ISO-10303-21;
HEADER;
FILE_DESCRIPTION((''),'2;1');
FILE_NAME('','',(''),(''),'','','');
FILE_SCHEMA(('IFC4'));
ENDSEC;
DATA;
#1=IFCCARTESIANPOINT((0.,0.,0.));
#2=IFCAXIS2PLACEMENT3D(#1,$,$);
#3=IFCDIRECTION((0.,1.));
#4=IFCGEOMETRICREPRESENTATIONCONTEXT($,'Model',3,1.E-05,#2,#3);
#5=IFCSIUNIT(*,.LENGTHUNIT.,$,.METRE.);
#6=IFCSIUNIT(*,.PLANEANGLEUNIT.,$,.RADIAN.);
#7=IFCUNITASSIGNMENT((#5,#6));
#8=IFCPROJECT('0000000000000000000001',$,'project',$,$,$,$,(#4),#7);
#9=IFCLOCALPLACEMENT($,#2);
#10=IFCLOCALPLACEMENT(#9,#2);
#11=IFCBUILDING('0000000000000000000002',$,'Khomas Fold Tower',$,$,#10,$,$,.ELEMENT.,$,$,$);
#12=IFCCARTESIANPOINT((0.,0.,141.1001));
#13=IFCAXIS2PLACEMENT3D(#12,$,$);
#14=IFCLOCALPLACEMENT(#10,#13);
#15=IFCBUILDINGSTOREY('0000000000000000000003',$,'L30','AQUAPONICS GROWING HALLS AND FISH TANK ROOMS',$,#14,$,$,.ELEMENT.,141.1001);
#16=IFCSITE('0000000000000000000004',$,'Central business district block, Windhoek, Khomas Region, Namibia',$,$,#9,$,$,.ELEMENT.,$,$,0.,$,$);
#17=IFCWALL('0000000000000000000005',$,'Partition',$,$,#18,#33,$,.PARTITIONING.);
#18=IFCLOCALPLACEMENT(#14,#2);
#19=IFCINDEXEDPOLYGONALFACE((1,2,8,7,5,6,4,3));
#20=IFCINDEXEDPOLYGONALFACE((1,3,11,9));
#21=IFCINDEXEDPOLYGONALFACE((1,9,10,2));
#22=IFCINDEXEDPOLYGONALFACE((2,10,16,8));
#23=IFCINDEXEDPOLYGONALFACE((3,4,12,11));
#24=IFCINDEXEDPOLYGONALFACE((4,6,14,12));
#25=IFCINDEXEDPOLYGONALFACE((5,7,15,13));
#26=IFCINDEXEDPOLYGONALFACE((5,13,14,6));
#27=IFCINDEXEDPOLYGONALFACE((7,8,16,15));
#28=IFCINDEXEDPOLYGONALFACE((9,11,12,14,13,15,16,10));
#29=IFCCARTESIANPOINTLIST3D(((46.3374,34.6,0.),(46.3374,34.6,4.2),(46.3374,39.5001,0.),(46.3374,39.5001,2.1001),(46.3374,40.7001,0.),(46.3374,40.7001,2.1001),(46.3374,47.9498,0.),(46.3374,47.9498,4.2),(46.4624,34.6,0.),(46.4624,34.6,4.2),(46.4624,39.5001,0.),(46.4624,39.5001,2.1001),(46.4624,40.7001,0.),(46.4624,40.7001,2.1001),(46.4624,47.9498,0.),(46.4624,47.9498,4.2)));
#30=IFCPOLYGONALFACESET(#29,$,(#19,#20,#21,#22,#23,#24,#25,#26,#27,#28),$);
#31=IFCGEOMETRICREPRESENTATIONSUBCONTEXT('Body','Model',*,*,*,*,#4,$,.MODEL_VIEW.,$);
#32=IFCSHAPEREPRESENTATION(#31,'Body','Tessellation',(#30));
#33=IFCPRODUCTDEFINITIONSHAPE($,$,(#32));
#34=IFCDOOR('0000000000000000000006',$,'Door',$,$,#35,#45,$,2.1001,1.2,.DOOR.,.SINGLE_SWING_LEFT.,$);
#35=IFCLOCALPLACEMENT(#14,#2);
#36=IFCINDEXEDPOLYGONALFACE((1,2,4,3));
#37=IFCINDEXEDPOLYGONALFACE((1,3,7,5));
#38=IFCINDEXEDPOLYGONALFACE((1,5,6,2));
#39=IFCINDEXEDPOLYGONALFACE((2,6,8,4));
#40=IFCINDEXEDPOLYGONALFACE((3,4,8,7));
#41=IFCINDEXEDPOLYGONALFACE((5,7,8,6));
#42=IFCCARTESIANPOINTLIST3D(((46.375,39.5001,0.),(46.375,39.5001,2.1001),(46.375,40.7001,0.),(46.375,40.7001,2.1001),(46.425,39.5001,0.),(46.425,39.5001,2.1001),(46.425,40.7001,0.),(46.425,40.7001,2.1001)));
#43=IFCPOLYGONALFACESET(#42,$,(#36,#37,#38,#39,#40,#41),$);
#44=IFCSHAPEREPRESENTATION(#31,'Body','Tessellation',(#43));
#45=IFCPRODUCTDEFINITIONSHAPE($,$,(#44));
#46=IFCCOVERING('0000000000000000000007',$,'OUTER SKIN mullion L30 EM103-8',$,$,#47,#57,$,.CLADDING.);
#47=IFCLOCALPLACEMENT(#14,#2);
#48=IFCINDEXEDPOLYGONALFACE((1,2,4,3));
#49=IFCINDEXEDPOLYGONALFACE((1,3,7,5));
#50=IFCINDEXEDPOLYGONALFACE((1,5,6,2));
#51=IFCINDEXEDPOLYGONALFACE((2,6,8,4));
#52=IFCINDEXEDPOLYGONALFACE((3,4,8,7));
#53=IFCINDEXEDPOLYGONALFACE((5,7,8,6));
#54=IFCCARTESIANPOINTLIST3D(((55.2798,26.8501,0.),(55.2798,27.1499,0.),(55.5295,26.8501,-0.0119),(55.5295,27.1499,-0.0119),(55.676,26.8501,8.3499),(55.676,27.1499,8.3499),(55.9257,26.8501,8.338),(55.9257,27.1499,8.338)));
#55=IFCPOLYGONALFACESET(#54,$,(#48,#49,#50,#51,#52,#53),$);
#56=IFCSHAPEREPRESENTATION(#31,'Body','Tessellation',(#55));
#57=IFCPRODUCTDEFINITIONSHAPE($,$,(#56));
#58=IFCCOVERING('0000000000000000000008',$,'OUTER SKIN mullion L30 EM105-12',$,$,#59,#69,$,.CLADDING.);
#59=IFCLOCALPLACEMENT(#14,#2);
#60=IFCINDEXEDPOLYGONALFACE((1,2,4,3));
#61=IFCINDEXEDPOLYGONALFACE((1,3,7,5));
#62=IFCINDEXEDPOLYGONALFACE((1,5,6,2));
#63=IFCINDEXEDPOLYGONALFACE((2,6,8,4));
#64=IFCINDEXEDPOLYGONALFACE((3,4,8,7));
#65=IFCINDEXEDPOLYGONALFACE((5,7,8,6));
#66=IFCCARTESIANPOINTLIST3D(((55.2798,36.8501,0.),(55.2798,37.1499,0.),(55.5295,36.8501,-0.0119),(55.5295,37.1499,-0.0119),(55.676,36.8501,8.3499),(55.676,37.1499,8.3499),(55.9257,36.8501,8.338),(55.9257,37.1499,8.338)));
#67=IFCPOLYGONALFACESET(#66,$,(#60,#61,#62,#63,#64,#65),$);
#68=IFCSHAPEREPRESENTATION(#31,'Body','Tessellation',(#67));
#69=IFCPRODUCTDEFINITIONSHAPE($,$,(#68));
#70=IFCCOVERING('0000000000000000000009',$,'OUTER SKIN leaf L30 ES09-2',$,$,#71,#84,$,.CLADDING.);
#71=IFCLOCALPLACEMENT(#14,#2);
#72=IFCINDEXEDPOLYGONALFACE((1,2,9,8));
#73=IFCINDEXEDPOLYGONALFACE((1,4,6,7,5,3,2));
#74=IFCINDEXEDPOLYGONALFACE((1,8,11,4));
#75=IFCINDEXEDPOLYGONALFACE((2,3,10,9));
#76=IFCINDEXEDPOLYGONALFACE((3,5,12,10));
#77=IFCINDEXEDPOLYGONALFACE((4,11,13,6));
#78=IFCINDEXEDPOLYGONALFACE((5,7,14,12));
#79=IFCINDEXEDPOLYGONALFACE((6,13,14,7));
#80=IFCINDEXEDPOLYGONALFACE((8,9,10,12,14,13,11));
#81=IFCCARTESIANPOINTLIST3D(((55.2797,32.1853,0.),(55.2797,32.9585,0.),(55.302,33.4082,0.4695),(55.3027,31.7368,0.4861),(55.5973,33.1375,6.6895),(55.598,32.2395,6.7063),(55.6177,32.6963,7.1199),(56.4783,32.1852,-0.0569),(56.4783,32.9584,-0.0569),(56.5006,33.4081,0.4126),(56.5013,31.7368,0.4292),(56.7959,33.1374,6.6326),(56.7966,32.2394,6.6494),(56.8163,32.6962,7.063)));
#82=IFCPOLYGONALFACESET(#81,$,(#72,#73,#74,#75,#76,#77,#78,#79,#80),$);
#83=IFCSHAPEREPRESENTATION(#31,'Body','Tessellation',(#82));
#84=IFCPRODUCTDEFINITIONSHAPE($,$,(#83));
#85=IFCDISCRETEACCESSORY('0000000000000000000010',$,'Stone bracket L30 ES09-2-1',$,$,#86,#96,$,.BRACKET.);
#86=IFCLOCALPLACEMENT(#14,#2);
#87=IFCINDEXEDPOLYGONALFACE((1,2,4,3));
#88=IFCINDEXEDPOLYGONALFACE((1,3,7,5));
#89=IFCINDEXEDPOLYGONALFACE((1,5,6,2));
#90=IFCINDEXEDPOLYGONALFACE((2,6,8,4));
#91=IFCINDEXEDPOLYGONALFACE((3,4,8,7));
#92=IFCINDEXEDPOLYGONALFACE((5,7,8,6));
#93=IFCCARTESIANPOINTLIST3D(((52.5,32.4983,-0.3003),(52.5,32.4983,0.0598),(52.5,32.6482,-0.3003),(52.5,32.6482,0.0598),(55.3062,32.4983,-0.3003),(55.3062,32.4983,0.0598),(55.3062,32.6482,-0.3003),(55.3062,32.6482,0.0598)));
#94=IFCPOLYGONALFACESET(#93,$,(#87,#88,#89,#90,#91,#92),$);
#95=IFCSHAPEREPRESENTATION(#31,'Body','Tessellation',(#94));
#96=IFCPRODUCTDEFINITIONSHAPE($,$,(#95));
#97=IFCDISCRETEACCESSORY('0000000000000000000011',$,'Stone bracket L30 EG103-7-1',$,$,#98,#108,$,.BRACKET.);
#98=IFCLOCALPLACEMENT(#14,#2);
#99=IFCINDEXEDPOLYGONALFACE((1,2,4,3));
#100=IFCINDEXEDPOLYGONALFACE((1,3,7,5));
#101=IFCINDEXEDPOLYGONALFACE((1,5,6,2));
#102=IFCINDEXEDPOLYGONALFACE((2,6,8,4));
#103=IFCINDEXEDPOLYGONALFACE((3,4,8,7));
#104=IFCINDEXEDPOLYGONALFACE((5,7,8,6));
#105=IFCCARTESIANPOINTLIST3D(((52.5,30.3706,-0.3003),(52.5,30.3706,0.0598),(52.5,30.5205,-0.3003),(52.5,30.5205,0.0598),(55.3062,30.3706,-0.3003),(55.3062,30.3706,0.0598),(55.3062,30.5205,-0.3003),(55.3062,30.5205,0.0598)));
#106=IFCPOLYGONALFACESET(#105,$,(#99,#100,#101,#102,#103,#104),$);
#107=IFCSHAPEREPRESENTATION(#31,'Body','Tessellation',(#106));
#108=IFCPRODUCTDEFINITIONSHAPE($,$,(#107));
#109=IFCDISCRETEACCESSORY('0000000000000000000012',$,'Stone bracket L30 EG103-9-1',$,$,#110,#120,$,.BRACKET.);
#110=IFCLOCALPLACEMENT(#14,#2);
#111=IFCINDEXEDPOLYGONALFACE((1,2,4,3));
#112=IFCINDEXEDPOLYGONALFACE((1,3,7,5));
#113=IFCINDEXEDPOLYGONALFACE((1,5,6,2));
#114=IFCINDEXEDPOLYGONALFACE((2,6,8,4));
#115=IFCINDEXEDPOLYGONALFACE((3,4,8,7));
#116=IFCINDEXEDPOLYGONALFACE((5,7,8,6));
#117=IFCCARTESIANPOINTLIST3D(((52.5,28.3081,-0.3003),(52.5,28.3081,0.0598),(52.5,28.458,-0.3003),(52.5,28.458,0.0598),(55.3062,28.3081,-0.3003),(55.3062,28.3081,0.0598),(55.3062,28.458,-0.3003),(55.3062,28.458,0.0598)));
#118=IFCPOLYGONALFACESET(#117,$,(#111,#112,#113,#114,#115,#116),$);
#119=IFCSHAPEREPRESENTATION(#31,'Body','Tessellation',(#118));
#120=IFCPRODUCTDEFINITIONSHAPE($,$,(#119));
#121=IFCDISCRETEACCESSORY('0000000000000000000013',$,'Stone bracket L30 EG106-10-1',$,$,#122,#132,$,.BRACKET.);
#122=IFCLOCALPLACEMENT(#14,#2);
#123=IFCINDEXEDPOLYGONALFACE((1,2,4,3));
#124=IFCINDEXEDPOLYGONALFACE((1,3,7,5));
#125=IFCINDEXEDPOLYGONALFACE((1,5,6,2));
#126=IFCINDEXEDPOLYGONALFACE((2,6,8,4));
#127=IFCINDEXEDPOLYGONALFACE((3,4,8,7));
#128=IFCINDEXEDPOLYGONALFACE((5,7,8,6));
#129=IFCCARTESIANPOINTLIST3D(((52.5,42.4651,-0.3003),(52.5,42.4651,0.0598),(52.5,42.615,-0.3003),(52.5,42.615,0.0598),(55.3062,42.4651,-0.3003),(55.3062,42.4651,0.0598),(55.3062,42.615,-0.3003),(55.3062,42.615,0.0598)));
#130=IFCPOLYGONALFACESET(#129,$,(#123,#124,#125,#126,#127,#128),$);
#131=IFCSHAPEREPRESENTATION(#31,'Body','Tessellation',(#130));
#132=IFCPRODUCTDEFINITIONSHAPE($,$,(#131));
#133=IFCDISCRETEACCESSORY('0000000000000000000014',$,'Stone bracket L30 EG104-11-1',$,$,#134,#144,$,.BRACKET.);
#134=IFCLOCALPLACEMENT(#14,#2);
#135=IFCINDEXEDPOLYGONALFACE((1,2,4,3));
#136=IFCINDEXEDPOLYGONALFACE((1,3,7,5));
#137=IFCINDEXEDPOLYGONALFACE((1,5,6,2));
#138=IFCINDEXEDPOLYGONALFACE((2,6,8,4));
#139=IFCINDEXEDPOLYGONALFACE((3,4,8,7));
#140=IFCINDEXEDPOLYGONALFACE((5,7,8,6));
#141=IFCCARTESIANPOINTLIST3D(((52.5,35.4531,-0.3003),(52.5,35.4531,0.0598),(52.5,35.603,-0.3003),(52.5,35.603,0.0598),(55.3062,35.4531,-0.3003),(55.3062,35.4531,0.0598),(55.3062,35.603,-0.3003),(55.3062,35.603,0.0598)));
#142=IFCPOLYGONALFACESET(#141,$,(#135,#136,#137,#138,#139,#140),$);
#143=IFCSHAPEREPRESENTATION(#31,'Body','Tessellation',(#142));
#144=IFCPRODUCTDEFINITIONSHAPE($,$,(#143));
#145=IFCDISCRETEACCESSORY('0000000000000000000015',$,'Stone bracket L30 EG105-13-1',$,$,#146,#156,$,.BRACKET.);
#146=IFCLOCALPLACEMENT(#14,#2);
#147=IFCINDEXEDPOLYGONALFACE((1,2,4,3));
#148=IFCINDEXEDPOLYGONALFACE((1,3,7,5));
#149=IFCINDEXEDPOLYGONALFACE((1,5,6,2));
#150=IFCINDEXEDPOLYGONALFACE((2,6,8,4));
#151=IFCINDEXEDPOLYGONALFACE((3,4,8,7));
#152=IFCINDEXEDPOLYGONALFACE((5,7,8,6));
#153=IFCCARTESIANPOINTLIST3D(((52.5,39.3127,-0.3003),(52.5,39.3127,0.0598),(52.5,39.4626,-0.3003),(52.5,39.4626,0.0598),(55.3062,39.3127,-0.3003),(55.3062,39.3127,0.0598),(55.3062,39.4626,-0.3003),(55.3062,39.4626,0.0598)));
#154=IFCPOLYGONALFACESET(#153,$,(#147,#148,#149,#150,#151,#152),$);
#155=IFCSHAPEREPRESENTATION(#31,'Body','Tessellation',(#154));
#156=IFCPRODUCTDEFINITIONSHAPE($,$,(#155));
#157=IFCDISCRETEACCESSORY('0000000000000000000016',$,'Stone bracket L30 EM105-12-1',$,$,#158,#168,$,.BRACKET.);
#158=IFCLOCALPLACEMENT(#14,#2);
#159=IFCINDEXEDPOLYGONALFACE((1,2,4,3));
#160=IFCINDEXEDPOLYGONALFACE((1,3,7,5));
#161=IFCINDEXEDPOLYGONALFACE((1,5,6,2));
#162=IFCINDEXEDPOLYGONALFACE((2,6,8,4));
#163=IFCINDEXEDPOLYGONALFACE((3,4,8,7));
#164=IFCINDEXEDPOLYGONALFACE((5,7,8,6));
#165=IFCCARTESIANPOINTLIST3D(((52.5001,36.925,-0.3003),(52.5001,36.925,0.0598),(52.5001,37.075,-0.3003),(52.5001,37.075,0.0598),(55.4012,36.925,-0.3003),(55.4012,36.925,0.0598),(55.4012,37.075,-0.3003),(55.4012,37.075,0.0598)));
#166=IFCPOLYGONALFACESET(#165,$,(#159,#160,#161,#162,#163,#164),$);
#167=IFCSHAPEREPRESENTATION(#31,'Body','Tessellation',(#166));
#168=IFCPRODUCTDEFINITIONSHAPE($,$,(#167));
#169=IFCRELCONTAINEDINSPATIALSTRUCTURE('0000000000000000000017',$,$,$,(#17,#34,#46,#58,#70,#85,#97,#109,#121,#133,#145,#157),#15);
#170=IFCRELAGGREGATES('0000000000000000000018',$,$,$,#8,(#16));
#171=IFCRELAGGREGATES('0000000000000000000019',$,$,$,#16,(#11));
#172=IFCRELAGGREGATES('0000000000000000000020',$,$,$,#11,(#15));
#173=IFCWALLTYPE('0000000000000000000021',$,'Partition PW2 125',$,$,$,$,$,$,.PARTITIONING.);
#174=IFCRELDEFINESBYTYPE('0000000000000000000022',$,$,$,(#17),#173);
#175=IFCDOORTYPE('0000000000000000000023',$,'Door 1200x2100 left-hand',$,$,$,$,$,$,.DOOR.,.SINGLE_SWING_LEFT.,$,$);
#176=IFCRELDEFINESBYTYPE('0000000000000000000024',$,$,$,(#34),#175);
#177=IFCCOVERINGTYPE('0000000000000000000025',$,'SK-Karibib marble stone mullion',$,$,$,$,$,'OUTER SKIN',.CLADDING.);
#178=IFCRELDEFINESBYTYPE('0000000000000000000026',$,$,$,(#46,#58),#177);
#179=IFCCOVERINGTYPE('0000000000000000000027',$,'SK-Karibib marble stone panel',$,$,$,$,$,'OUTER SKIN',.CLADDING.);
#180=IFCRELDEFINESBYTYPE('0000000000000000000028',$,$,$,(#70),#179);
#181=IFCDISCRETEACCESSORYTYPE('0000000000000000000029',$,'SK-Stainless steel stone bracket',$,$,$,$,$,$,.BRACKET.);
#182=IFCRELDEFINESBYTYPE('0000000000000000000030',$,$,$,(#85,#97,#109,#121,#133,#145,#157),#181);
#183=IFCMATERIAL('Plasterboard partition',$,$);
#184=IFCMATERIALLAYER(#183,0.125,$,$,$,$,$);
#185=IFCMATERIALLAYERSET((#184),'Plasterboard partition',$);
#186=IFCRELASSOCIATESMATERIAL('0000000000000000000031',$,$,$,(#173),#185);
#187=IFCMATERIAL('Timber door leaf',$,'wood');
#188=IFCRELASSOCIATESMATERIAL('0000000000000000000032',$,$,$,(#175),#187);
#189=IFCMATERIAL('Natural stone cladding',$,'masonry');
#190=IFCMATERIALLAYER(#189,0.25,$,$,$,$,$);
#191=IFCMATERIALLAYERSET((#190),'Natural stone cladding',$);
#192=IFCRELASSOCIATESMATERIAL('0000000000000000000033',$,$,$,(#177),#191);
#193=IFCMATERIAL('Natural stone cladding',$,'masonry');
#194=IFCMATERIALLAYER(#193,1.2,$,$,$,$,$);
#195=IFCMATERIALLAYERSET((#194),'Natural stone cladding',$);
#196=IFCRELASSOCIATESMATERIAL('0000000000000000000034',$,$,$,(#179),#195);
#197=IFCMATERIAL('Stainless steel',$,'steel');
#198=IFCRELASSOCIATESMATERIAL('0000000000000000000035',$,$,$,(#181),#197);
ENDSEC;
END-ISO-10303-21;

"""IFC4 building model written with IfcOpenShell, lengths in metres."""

from ifc_helpers import new_model, si_unit, direction, frame, frame_2d, origin, origin_2d, place, context, subcontext, project, spatial, polyline, rectangle, outline, extrude, source, transform, mapped, material, layer, layer_set, type_object, element, fill, save


model = new_model("IFC4")

# Units and contexts
model_context = context("Model", 3, precision=1e-05, world=origin(), true_north=direction((0.0, 1.0)))
body_context = subcontext(model_context, "Body", "Model", "MODEL_VIEW")
ifc_project = project(units=[si_unit("LENGTHUNIT", "METRE"), si_unit("PLANEANGLEUNIT", "RADIAN")], contexts=[model_context])

# Site, building, storey
site_placement = place(None, origin())
site = spatial("IfcSite", under=ifc_project, at=site_placement, Name="Central business district block, Windhoek, Khomas Region, Namibia", CompositionType="ELEMENT", RefElevation=0.0)
building_placement = place(site_placement, origin())
building = spatial("IfcBuilding", under=site, at=building_placement, Name="Khomas Fold Tower", CompositionType="ELEMENT")
storey_placement = place(building_placement, frame((0.0, 0.0, 141.1001)))
storey = spatial("IfcBuildingStorey", under=building, at=storey_placement, Name="L30", Description="AQUAPONICS GROWING HALLS AND FISH TANK ROOMS", CompositionType="ELEMENT", Elevation=141.1001)

# Wall, opening, door
ifc_material_1 = material(Name="Plasterboard partition")
ifc_layer_1 = layer(ifc_material_1, 0.125)
ifc_layer_set_1 = layer_set([ifc_layer_1], Name="Plasterboard partition")
wall_type_1 = type_object("IfcWallType", Name="Partition PW2 125", PredefinedType="PARTITIONING", material=ifc_layer_set_1)
shared_shape_1 = source(origin(), body_context, "Body", "SweptSolid", [
    extrude(rectangle(XDim=13.3499, YDim=0.125, at=frame_2d((6.6748, 0.0))), origin(), (0.0, 0.0, 1.0), 4.2),
])
wall_1_placement = place(storey_placement, frame((46.3999, 34.6001, 0.0), z_axis=(0.0, 0.0, 1.0), x_axis=(0.0, 1.0, 0.0)))
wall_1 = element("IfcWall", 1, at=wall_1_placement, inside=storey, type_object=wall_type_1, Name="Partition", PredefinedType="PARTITIONING", context=body_context, shape_type="MappedRepresentation", body=[
    mapped(shared_shape_1, transform((0.0, 0.0, 0.0))),
])
shared_shape_2 = source(origin(), body_context, "Body", "SweptSolid", [
    extrude(rectangle(XDim=1.2, YDim=2.1001, at=frame_2d((0.6001, 1.05))), frame((0.0, 0.0725, 0.0), z_axis=(0.0, -1.0, 0.0), x_axis=(1.0, 0.0, 0.0)), (0.0, 0.0, 1.0), 0.145),
])
opening_placement = place(wall_1_placement, frame((4.8999, 0.0, 0.0)))
opening = element("IfcOpeningElement", 2, at=opening_placement, cuts=wall_1, PredefinedType="OPENING", context=body_context, shape_type="MappedRepresentation", body=[
    mapped(shared_shape_2, transform((0.0, 0.0, 0.0))),
])
ifc_material_2 = material(Name="Timber door leaf", Category="wood")
door_type = type_object("IfcDoorType", Name="Door 1200x2100 left-hand", OperationType="SINGLE_SWING_LEFT", PredefinedType="DOOR", material=ifc_material_2)
shared_shape_3 = source(origin(), body_context, "Body", "SweptSolid", [
    extrude(rectangle(XDim=1.2, YDim=2.1001, at=frame_2d((0.6001, 1.05))), frame((0.0, 0.0249, 0.0), z_axis=(0.0, -1.0, 0.0), x_axis=(1.0, 0.0, 0.0)), (0.0, 0.0, 1.0), 0.05),
])
door_placement = place(opening_placement, origin())
door = element("IfcDoor", 3, at=door_placement, inside=storey, type_object=door_type, Name="Door", OperationType="SINGLE_SWING_LEFT", OverallHeight=2.1001, OverallWidth=1.2, PredefinedType="DOOR", context=body_context, shape_type="MappedRepresentation", body=[
    mapped(shared_shape_3, transform((0.0, 0.0, 0.0))),
])
fill(opening, door)

# Coverings
ifc_material_3 = material(Name="Natural stone cladding", Category="masonry")
ifc_layer_2 = layer(ifc_material_3, 0.25)
ifc_layer_set_2 = layer_set([ifc_layer_2], Name="Natural stone cladding")
covering_type_1 = type_object("IfcCoveringType", Name="SK-Karibib marble stone mullion", ElementType="OUTER SKIN", PredefinedType="CLADDING", material=ifc_layer_set_2)
for number, where, z_axis, x_axis, name in (
    (4, (55.676, 27.1499, 8.3499), (-0.998876, 0.0, 0.047401), (-0.047401, 0.0, -0.998876), "OUTER SKIN mullion L30 EM103-8"),
    (5, (55.676, 37.1499, 8.3499), (-0.998876, 0.0, 0.047401), (-0.047401, 0.0, -0.998876), "OUTER SKIN mullion L30 EM105-12"),
):
    element("IfcCovering", number, at=place(storey_placement, frame(where, z_axis=z_axis, x_axis=x_axis)), inside=storey, type_object=covering_type_1, Name=name, PredefinedType="CLADDING", context=body_context, shape_type="SweptSolid", body=[
        extrude(outline(polyline([(0.0, 0.0), (8.3592, 0.0), (8.3592, 0.2998), (0.0, 0.2998), (0.0, 0.0)])), origin(), (0.0, 0.0, -1.0), 0.25),
    ])
ifc_material_4 = material(Name="Natural stone cladding", Category="masonry")
ifc_layer_3 = layer(ifc_material_4, 1.2)
ifc_layer_set_3 = layer_set([ifc_layer_3], Name="Natural stone cladding")
covering_type_2 = type_object("IfcCoveringType", Name="SK-Karibib marble stone panel", ElementType="OUTER SKIN", PredefinedType="CLADDING", material=ifc_layer_set_3)
covering_1_placement = place(storey_placement, frame((55.3027, 31.7368, 0.4861), z_axis=(-0.998875, 0.000047, 0.047416), x_axis=(0.047266, 0.080462, 0.995636)))
element("IfcCovering", 6, at=covering_1_placement, inside=storey, type_object=covering_type_2, Name="OUTER SKIN leaf L30 ES09-2", PredefinedType="CLADDING", context=body_context, shape_type="SweptSolid", body=[
    extrude(outline(polyline([(0.0, 0.0), (6.2475, 0.0), (6.6969, 0.422), (6.3029, 0.8964), (0.1179, 1.6673), (-0.3867, 1.2569), (-0.449, 0.4862), (0.0, 0.0)])), origin(), (0.0, 0.0, -1.0), 1.2),
])

# Discrete accessories
ifc_material_5 = material(Name="Stainless steel", Category="steel")
discrete_accessory_type = type_object("IfcDiscreteAccessoryType", Name="SK-Stainless steel stone bracket", PredefinedType="BRACKET", material=ifc_material_5)
shared_shape_4 = source(origin(), body_context, "Body", "SweptSolid", [
    extrude(rectangle(XDim=2.8062, YDim=0.1499, at=origin_2d()), origin(), (0.0, 0.0, 1.0), 0.3601),
])
for number, where, z_axis, x_axis, name in (
    (7, (53.9031, 32.5732, -0.3003), (0.0, 0.0, 1.0), (1.0, 0.0, 0.0), "Stone bracket L30 ES09-2-1"),
    (8, (53.9031, 30.4456, -0.3003), (0.0, 0.0, 1.0), (1.0, 0.0, 0.0), "Stone bracket L30 EG103-7-1"),
    (9, (53.9031, 28.3831, -0.3003), (0.0, 0.0, 1.0), (1.0, 0.0, 0.0), "Stone bracket L30 EG103-9-1"),
    (10, (53.9031, 42.54, -0.3003), (0.0, 0.0, 1.0), (1.0, 0.0, 0.0), "Stone bracket L30 EG106-10-1"),
    (11, (53.9031, 35.5281, -0.3003), (0.0, 0.0, 1.0), (1.0, 0.0, 0.0), "Stone bracket L30 EG104-11-1"),
    (12, (53.9031, 39.3877, -0.3003), (0.0, 0.0, 1.0), (1.0, 0.0, 0.0), "Stone bracket L30 EG105-13-1"),
):
    element("IfcDiscreteAccessory", number, at=place(storey_placement, frame(where, z_axis=z_axis, x_axis=x_axis)), inside=storey, type_object=discrete_accessory_type, Name=name, PredefinedType="BRACKET", context=body_context, shape_type="MappedRepresentation", body=[
        mapped(shared_shape_4, transform((0.0, 0.0, 0.0))),
    ])
shared_shape_5 = source(origin(), body_context, "Body", "SweptSolid", [
    extrude(rectangle(XDim=2.9011, YDim=0.1499, at=origin_2d()), origin(), (0.0, 0.0, 1.0), 0.3601),
])
discrete_accessory_placement = place(storey_placement, frame((53.9507, 37.0, -0.3003), z_axis=(0.0, 0.0, 1.0), x_axis=(1.0, 0.0, 0.0)))
element("IfcDiscreteAccessory", 13, at=discrete_accessory_placement, inside=storey, type_object=discrete_accessory_type, Name="Stone bracket L30 EM105-12-1", PredefinedType="BRACKET", context=body_context, shape_type="MappedRepresentation", body=[
    mapped(shared_shape_5, transform((0.0, 0.0, 0.0))),
])

save(model, "model.ifc")
